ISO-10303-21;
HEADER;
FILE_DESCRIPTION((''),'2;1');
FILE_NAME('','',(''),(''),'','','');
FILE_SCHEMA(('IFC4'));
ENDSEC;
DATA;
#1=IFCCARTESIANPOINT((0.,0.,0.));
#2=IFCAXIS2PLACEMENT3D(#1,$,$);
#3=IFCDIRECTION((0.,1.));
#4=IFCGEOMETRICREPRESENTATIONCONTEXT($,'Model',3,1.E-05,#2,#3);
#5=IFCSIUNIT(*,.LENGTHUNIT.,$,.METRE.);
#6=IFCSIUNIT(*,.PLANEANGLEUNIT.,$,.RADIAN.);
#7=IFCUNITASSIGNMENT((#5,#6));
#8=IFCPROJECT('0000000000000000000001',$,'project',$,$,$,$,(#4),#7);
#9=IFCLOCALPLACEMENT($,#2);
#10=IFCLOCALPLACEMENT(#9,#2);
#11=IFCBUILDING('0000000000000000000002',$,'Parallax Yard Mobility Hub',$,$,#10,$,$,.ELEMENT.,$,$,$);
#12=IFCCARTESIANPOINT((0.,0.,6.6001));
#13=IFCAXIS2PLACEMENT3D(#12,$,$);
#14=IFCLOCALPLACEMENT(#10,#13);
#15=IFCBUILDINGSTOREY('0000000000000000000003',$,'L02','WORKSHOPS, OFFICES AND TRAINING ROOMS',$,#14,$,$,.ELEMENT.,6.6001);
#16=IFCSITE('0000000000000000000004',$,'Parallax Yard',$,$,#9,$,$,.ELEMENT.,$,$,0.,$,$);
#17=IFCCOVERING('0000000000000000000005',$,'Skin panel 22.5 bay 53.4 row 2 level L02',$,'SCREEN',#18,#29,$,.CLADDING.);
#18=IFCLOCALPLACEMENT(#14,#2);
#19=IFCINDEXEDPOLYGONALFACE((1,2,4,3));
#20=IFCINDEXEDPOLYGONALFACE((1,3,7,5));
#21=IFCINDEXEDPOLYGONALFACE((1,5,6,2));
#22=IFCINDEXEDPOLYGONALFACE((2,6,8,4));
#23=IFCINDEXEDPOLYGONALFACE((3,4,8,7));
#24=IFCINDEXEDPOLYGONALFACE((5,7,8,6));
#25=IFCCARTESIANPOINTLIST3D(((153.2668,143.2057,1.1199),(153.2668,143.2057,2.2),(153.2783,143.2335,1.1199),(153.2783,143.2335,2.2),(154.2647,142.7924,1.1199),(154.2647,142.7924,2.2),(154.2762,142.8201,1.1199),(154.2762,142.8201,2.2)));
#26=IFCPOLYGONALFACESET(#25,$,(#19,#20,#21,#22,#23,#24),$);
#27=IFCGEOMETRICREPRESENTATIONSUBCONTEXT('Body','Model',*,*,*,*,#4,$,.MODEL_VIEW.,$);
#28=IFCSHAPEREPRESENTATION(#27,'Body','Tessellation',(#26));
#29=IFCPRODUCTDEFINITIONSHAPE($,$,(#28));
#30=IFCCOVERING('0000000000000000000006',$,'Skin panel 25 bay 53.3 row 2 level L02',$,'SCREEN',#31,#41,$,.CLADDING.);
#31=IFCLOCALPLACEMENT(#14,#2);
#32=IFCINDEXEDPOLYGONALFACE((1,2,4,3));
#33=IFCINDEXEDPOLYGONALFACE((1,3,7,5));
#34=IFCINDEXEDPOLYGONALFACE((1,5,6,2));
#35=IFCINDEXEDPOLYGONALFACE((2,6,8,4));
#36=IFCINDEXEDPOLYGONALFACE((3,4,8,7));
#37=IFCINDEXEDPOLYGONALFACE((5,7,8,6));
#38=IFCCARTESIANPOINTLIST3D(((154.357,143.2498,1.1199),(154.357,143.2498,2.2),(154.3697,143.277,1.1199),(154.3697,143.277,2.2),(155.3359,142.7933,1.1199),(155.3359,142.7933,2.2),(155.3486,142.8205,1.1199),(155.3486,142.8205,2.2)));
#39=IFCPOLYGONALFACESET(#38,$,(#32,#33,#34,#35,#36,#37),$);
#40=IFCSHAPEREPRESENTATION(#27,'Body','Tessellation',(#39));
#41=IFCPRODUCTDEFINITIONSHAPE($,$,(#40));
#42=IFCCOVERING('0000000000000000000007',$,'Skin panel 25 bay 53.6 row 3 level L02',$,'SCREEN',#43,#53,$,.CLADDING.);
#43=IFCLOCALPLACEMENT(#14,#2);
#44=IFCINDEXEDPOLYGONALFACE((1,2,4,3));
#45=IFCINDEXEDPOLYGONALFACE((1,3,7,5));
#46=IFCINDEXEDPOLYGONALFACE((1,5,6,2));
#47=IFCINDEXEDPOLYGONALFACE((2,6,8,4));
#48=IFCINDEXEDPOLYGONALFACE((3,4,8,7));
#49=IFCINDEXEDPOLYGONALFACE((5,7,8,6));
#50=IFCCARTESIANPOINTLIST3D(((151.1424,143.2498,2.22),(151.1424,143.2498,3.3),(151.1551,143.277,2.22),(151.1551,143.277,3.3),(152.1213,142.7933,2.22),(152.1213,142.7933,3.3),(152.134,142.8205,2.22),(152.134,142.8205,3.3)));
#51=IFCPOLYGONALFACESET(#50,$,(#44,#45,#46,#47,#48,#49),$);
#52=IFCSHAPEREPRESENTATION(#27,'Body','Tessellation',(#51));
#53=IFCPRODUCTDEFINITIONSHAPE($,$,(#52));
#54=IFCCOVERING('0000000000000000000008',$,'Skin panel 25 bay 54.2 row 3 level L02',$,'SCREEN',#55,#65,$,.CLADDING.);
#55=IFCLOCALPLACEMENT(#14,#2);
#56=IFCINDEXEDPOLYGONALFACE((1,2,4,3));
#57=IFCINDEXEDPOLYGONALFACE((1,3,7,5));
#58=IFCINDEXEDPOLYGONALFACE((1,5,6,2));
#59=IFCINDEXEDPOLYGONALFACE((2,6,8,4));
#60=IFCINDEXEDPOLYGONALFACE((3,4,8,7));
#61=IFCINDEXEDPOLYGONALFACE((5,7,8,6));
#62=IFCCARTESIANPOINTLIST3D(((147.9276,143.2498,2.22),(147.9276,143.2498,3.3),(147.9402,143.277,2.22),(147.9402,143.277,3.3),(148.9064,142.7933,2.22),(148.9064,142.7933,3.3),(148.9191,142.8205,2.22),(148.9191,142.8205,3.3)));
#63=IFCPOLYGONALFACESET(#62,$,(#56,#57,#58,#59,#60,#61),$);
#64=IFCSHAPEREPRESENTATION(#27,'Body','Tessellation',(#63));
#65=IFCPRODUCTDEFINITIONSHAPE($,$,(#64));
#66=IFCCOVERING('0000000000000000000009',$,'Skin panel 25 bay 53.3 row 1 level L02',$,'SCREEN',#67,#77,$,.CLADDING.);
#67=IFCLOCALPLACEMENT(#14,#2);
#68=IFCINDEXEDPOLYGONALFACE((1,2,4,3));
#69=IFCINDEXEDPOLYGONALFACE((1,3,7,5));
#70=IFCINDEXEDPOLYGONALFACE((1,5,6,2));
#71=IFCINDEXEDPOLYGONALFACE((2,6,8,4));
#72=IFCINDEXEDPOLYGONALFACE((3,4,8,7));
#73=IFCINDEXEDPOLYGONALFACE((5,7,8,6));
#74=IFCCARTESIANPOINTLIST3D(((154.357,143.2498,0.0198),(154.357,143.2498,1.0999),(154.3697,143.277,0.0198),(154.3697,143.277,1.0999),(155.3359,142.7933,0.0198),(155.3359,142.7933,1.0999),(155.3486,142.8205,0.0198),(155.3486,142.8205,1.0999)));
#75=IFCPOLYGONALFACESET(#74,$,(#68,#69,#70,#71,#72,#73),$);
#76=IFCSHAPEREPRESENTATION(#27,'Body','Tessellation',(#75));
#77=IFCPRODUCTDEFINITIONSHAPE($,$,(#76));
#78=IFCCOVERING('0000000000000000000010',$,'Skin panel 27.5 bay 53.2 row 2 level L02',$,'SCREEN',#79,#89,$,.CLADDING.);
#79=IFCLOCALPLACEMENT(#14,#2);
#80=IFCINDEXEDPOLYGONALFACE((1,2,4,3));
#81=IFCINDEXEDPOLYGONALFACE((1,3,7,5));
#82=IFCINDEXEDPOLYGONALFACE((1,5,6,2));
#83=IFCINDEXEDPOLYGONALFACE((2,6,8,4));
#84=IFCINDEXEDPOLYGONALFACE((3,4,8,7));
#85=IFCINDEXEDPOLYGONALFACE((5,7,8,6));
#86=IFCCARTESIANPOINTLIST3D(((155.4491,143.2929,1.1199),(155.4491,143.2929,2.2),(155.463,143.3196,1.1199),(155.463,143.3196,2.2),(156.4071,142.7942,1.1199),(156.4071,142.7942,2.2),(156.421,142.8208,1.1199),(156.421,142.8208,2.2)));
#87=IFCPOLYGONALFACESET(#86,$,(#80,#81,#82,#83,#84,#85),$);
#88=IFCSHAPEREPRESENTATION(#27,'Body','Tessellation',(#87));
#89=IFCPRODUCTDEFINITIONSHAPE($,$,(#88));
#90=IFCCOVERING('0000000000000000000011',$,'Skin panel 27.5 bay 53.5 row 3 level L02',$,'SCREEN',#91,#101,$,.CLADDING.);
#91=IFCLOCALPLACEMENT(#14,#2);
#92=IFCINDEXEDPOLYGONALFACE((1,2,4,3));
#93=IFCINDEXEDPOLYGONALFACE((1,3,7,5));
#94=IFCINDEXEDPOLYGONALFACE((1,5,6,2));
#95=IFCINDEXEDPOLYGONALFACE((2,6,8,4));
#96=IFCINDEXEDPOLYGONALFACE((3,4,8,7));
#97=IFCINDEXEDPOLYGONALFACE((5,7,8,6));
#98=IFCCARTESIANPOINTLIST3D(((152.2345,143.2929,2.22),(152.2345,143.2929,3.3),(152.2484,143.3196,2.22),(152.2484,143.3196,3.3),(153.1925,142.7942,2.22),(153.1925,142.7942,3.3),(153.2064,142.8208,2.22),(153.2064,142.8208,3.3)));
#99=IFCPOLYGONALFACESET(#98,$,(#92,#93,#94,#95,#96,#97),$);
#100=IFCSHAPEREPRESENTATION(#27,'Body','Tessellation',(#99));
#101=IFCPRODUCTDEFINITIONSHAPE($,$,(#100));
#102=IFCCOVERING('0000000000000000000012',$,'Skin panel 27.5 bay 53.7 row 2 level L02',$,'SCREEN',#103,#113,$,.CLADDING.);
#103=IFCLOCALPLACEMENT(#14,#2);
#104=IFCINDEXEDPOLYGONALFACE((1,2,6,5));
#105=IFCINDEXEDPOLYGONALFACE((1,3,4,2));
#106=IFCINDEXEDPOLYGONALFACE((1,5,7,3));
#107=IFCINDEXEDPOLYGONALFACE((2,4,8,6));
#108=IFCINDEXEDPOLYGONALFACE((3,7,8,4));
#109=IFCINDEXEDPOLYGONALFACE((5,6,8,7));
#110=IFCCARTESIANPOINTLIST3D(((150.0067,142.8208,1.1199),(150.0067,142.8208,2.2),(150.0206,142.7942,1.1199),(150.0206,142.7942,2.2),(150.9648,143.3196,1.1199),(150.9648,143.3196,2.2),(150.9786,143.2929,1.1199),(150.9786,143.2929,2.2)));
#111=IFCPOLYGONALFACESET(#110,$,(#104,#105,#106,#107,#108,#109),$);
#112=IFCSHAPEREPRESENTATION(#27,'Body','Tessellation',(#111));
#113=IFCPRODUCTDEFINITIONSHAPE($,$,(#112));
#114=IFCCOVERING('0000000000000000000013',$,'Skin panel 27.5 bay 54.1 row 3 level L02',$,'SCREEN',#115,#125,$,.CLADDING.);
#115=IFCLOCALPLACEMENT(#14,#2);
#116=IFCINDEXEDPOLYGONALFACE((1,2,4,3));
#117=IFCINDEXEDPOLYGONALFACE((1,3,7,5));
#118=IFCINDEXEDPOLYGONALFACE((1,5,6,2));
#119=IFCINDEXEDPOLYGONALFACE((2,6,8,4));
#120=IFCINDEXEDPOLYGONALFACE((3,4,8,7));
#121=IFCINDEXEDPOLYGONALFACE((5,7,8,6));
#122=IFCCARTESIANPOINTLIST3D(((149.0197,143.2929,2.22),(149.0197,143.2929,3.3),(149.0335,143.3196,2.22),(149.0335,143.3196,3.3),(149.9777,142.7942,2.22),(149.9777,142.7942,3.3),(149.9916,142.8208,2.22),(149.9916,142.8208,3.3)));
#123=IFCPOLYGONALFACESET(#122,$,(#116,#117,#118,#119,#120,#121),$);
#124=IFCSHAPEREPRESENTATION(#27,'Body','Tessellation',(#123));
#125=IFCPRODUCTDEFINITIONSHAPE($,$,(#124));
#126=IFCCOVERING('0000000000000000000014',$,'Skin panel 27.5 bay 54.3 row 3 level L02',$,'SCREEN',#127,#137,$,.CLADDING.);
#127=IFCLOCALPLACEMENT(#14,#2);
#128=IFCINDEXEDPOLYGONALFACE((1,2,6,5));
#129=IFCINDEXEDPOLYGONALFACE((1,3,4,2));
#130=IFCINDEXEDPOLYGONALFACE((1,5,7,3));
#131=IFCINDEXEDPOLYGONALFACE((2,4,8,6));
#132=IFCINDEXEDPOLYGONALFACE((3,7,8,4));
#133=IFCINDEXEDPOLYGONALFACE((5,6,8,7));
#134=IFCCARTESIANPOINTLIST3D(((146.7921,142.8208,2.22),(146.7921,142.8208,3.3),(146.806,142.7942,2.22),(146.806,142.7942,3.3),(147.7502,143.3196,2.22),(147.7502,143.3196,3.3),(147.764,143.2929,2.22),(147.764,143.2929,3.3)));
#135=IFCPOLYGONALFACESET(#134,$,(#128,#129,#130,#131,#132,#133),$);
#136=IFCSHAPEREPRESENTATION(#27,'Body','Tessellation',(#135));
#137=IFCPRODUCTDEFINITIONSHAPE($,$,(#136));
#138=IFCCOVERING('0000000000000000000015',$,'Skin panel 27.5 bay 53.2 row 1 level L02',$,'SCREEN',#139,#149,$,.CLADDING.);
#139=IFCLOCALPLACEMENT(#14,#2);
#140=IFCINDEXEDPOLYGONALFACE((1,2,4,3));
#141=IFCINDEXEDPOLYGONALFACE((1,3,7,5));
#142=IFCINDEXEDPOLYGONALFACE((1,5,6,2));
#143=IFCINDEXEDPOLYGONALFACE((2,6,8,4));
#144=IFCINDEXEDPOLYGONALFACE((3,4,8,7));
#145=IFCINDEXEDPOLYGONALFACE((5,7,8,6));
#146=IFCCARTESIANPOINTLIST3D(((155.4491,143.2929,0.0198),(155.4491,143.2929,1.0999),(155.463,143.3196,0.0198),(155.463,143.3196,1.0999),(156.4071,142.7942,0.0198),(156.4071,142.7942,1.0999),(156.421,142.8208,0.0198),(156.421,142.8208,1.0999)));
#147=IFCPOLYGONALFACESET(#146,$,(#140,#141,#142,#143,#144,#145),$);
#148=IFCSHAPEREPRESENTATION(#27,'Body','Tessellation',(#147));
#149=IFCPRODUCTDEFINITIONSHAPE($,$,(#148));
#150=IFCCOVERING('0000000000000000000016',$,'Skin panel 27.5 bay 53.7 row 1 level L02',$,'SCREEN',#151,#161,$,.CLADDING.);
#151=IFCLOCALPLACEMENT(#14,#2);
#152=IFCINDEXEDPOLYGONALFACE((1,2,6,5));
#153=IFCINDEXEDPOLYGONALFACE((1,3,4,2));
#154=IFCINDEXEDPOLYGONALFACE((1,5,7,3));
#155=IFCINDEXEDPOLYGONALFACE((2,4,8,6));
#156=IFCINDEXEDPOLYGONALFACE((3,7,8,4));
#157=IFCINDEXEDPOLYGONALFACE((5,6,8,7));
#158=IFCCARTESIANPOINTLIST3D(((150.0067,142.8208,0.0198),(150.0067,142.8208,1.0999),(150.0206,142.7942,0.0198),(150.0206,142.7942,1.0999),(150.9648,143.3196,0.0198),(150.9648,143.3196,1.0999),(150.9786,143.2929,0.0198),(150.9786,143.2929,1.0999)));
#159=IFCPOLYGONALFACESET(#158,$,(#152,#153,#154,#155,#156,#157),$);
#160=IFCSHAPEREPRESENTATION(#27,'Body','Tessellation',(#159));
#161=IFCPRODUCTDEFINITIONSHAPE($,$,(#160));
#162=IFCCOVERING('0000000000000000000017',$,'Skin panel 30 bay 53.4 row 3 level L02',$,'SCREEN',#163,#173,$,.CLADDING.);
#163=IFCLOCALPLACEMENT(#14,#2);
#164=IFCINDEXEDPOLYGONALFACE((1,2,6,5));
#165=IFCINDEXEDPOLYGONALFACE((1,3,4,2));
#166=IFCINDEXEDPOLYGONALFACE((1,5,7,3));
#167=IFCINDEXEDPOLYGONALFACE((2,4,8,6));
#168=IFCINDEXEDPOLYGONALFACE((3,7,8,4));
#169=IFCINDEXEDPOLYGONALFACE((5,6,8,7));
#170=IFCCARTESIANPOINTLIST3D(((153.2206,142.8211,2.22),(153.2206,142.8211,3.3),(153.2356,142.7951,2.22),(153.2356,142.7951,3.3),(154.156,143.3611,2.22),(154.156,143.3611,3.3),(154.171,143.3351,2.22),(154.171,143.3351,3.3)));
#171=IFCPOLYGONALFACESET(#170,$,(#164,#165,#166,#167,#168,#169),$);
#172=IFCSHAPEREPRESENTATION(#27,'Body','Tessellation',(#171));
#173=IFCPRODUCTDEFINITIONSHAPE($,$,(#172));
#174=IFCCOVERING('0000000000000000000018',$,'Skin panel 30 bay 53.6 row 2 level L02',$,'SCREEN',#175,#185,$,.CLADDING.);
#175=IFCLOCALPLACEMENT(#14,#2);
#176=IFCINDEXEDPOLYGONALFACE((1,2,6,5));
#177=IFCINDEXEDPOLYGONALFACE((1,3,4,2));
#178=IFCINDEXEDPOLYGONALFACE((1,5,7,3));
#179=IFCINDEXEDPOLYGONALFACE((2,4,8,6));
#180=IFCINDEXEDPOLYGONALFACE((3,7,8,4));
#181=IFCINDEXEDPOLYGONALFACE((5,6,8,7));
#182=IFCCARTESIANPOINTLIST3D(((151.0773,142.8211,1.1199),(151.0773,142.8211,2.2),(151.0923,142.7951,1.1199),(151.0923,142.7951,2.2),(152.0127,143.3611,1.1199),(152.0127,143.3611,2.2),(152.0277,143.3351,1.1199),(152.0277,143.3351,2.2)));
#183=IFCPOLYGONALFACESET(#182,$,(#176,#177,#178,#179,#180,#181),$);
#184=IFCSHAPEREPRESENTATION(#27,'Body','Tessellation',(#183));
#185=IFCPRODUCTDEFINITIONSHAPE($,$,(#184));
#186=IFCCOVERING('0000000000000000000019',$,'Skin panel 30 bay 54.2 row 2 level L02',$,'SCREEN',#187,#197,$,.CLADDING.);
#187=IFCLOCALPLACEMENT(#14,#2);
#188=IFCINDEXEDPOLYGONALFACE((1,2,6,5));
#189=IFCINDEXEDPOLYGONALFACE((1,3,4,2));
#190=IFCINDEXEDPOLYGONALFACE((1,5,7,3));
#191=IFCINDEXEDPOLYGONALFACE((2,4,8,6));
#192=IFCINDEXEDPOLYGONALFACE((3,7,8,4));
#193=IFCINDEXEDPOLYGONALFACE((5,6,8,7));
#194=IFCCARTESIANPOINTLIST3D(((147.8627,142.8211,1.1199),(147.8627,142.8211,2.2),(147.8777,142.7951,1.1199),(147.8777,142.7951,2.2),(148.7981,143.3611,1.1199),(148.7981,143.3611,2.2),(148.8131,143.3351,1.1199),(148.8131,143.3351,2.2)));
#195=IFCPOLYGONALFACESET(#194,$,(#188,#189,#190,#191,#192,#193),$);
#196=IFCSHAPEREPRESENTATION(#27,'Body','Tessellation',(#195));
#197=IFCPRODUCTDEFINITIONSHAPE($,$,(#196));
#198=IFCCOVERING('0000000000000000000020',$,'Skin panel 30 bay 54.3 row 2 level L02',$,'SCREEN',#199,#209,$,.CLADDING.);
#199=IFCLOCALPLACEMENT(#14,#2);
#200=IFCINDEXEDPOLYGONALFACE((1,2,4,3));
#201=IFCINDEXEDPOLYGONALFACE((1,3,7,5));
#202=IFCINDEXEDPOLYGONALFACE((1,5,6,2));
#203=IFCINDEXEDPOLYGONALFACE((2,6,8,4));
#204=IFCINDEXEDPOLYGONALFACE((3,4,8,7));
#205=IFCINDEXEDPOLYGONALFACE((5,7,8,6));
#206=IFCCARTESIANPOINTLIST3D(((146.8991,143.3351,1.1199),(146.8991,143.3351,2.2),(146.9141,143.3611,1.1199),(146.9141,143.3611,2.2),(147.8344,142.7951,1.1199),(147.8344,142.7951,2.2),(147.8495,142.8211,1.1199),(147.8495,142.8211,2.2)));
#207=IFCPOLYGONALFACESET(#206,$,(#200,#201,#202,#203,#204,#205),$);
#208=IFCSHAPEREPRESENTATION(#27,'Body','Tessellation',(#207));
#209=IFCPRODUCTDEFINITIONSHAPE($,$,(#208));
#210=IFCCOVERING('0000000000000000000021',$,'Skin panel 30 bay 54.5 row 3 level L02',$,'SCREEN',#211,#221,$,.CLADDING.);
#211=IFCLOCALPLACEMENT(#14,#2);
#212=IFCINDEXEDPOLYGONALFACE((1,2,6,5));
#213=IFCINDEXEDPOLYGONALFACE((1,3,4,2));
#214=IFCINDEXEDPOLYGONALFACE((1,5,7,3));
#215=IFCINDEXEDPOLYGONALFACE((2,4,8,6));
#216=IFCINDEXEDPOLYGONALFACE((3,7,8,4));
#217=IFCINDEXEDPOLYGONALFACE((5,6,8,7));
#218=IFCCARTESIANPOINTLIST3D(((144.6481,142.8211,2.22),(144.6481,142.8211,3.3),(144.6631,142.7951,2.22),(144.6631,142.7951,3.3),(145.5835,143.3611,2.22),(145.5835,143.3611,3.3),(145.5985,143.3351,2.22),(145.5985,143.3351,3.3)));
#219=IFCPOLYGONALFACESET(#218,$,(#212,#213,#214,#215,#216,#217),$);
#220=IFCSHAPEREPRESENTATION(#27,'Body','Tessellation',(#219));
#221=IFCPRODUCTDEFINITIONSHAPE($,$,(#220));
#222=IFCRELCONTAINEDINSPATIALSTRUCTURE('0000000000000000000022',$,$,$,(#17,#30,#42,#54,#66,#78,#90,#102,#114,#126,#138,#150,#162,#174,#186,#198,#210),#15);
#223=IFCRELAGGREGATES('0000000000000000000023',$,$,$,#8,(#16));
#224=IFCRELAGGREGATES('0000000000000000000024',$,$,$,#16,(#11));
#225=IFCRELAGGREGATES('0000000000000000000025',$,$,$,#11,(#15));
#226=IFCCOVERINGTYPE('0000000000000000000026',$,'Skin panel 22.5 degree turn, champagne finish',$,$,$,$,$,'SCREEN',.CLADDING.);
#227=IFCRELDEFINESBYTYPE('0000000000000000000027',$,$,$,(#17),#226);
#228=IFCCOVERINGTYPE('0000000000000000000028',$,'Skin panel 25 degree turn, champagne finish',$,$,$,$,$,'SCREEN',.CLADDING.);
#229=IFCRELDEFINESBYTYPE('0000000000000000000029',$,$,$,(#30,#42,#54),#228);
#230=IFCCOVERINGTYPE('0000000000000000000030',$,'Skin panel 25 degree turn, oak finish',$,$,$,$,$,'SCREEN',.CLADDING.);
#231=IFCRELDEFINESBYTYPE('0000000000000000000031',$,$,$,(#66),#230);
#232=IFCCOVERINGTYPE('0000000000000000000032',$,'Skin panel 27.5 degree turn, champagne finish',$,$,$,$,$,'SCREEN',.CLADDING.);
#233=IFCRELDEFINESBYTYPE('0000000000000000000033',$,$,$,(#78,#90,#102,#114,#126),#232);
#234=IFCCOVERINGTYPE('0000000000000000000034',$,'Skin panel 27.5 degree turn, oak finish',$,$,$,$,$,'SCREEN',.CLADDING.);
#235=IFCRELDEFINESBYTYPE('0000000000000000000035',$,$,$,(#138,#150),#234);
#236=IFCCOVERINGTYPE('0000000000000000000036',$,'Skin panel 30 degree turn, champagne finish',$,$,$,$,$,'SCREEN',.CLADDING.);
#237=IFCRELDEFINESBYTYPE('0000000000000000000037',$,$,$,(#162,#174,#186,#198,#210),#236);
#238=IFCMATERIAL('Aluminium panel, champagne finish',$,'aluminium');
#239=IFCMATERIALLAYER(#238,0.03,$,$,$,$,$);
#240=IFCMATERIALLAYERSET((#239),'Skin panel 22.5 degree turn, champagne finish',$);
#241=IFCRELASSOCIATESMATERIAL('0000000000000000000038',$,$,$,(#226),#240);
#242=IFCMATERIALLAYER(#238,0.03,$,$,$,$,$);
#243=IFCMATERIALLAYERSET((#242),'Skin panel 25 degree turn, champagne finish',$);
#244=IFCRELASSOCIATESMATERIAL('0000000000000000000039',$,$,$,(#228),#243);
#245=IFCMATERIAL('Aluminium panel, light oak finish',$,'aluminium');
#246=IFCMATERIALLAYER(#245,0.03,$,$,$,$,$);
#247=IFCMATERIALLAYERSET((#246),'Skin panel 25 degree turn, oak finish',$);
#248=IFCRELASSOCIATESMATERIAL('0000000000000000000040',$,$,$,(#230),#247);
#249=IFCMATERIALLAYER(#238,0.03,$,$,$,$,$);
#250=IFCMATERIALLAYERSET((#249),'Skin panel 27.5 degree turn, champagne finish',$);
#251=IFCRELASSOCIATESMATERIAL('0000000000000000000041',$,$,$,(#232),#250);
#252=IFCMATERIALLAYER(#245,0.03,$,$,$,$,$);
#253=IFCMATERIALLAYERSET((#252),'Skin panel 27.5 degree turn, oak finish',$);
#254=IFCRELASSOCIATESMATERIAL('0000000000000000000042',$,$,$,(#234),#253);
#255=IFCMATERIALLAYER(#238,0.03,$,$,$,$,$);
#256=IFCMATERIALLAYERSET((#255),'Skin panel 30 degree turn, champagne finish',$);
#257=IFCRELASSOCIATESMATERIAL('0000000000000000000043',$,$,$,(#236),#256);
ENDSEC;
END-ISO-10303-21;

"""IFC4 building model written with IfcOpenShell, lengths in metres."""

from ifc_helpers import new_model, si_unit, direction, frame, origin, origin_2d, place, context, subcontext, project, spatial, rectangle, extrude, material, layer, layer_set, type_object, element, save


model = new_model("IFC4")

# Units and contexts
model_context = context("Model", 3, precision=1e-05, world=origin(), true_north=direction((0.0, 1.0)))
body_context = subcontext(model_context, "Body", "Model", "MODEL_VIEW")
ifc_project = project(units=[si_unit("LENGTHUNIT", "METRE"), si_unit("PLANEANGLEUNIT", "RADIAN")], contexts=[model_context])

# Site, building, storey
site_placement = place(None, origin())
site = spatial("IfcSite", under=ifc_project, at=site_placement, Name="Parallax Yard", CompositionType="ELEMENT", RefElevation=0.0)
building_placement = place(site_placement, origin())
building = spatial("IfcBuilding", under=site, at=building_placement, Name="Parallax Yard Mobility Hub", CompositionType="ELEMENT")
storey_placement = place(building_placement, frame((0.0, 0.0, 6.6001)))
storey = spatial("IfcBuildingStorey", under=building, at=storey_placement, Name="L02", Description="WORKSHOPS, OFFICES AND TRAINING ROOMS", CompositionType="ELEMENT", Elevation=6.6001)

# Coverings
ifc_material_1 = material(Name="Aluminium panel, champagne finish", Category="aluminium")
ifc_layer_1 = layer(ifc_material_1, 0.03)
ifc_layer_set_1 = layer_set([ifc_layer_1], Name="Skin panel 22.5 degree turn, champagne finish")
covering_type_1 = type_object("IfcCoveringType", Name="Skin panel 22.5 degree turn, champagne finish", ElementType="SCREEN", PredefinedType="CLADDING", material=ifc_layer_set_1)
covering_1_placement = place(storey_placement, frame((153.7715, 143.0129, 1.1199), z_axis=(0.0, 0.0, 1.0), x_axis=(-0.92388, 0.382683, 0.0)))
element("IfcCovering", 1, at=covering_1_placement, inside=storey, type_object=covering_type_1, Name="Skin panel 22.5 bay 53.4 row 2 level L02", ObjectType="SCREEN", PredefinedType="CLADDING", context=body_context, shape_type="SweptSolid", body=[
    extrude(rectangle(XDim=1.0801, YDim=0.03, at=origin_2d()), origin(), (0.0, 0.0, 1.0), 1.0801),
])
ifc_layer_2 = layer(ifc_material_1, 0.03)
ifc_layer_set_2 = layer_set([ifc_layer_2], Name="Skin panel 25 degree turn, champagne finish")
covering_type_2 = type_object("IfcCoveringType", Name="Skin panel 25 degree turn, champagne finish", ElementType="SCREEN", PredefinedType="CLADDING", material=ifc_layer_set_2)
for number, where, z_axis, x_axis, name in (
    (2, (154.8528, 143.0352, 1.1199), (0.0, 0.0, 1.0), (-0.906308, 0.422618, 0.0), "Skin panel 25 bay 53.3 row 2 level L02"),
    (3, (151.6382, 143.0352, 2.22), (0.0, 0.0, 1.0), (-0.906308, 0.422618, 0.0), "Skin panel 25 bay 53.6 row 3 level L02"),
    (4, (148.4233, 143.0352, 2.22), (0.0, 0.0, 1.0), (-0.906308, 0.422618, 0.0), "Skin panel 25 bay 54.2 row 3 level L02"),
):
    element("IfcCovering", number, at=place(storey_placement, frame(where, z_axis=z_axis, x_axis=x_axis)), inside=storey, type_object=covering_type_2, Name=name, ObjectType="SCREEN", PredefinedType="CLADDING", context=body_context, shape_type="SweptSolid", body=[
        extrude(rectangle(XDim=1.0801, YDim=0.03, at=origin_2d()), origin(), (0.0, 0.0, 1.0), 1.0801),
    ])
ifc_material_2 = material(Name="Aluminium panel, light oak finish", Category="aluminium")
ifc_layer_3 = layer(ifc_material_2, 0.03)
ifc_layer_set_3 = layer_set([ifc_layer_3], Name="Skin panel 25 degree turn, oak finish")
covering_type_3 = type_object("IfcCoveringType", Name="Skin panel 25 degree turn, oak finish", ElementType="SCREEN", PredefinedType="CLADDING", material=ifc_layer_set_3)
covering_2_placement = place(storey_placement, frame((154.8528, 143.0352, 0.0198), z_axis=(0.0, 0.0, 1.0), x_axis=(-0.906308, 0.422618, 0.0)))
element("IfcCovering", 5, at=covering_2_placement, inside=storey, type_object=covering_type_3, Name="Skin panel 25 bay 53.3 row 1 level L02", ObjectType="SCREEN", PredefinedType="CLADDING", context=body_context, shape_type="SweptSolid", body=[
    extrude(rectangle(XDim=1.0801, YDim=0.03, at=origin_2d()), origin(), (0.0, 0.0, 1.0), 1.0801),
])
ifc_layer_4 = layer(ifc_material_1, 0.03)
ifc_layer_set_4 = layer_set([ifc_layer_4], Name="Skin panel 27.5 degree turn, champagne finish")
covering_type_4 = type_object("IfcCoveringType", Name="Skin panel 27.5 degree turn, champagne finish", ElementType="SCREEN", PredefinedType="CLADDING", material=ifc_layer_set_4)
for number, where, z_axis, x_axis, name in (
    (6, (155.9351, 143.0569, 1.1199), (0.0, 0.0, 1.0), (-0.887011, 0.461749, 0.0), "Skin panel 27.5 bay 53.2 row 2 level L02"),
    (7, (152.7205, 143.0569, 2.22), (0.0, 0.0, 1.0), (-0.887011, 0.461749, 0.0), "Skin panel 27.5 bay 53.5 row 3 level L02"),
    (8, (150.4927, 143.0569, 1.1199), (0.0, 0.0, 1.0), (0.887011, 0.461749, 0.0), "Skin panel 27.5 bay 53.7 row 2 level L02"),
    (9, (149.5056, 143.0569, 2.22), (0.0, 0.0, 1.0), (-0.887011, 0.461749, 0.0), "Skin panel 27.5 bay 54.1 row 3 level L02"),
    (10, (147.2781, 143.0569, 2.22), (0.0, 0.0, 1.0), (0.887011, 0.461749, 0.0), "Skin panel 27.5 bay 54.3 row 3 level L02"),
):
    element("IfcCovering", number, at=place(storey_placement, frame(where, z_axis=z_axis, x_axis=x_axis)), inside=storey, type_object=covering_type_4, Name=name, ObjectType="SCREEN", PredefinedType="CLADDING", context=body_context, shape_type="SweptSolid", body=[
        extrude(rectangle(XDim=1.0801, YDim=0.03, at=origin_2d()), origin(), (0.0, 0.0, 1.0), 1.0801),
    ])
ifc_layer_5 = layer(ifc_material_2, 0.03)
ifc_layer_set_5 = layer_set([ifc_layer_5], Name="Skin panel 27.5 degree turn, oak finish")
covering_type_5 = type_object("IfcCoveringType", Name="Skin panel 27.5 degree turn, oak finish", ElementType="SCREEN", PredefinedType="CLADDING", material=ifc_layer_set_5)
for number, where, z_axis, x_axis, name in (
    (11, (155.9351, 143.0569, 0.0198), (0.0, 0.0, 1.0), (-0.887011, 0.461749, 0.0), "Skin panel 27.5 bay 53.2 row 1 level L02"),
    (12, (150.4927, 143.0569, 0.0198), (0.0, 0.0, 1.0), (0.887011, 0.461749, 0.0), "Skin panel 27.5 bay 53.7 row 1 level L02"),
):
    element("IfcCovering", number, at=place(storey_placement, frame(where, z_axis=z_axis, x_axis=x_axis)), inside=storey, type_object=covering_type_5, Name=name, ObjectType="SCREEN", PredefinedType="CLADDING", context=body_context, shape_type="SweptSolid", body=[
        extrude(rectangle(XDim=1.0801, YDim=0.03, at=origin_2d()), origin(), (0.0, 0.0, 1.0), 1.0801),
    ])
ifc_layer_6 = layer(ifc_material_1, 0.03)
ifc_layer_set_6 = layer_set([ifc_layer_6], Name="Skin panel 30 degree turn, champagne finish")
covering_type_6 = type_object("IfcCoveringType", Name="Skin panel 30 degree turn, champagne finish", ElementType="SCREEN", PredefinedType="CLADDING", material=ifc_layer_set_6)
for number, where, z_axis, x_axis, name in (
    (13, (153.6958, 143.0781, 2.22), (0.0, 0.0, 1.0), (0.866025, 0.5, 0.0), "Skin panel 30 bay 53.4 row 3 level L02"),
    (14, (151.5525, 143.0781, 1.1199), (0.0, 0.0, 1.0), (0.866025, 0.5, 0.0), "Skin panel 30 bay 53.6 row 2 level L02"),
    (15, (148.3379, 143.0781, 1.1199), (0.0, 0.0, 1.0), (0.866025, 0.5, 0.0), "Skin panel 30 bay 54.2 row 2 level L02"),
    (16, (147.3743, 143.0781, 1.1199), (0.0, 0.0, 1.0), (-0.866025, 0.5, 0.0), "Skin panel 30 bay 54.3 row 2 level L02"),
    (17, (145.1233, 143.0781, 2.22), (0.0, 0.0, 1.0), (0.866025, 0.5, 0.0), "Skin panel 30 bay 54.5 row 3 level L02"),
):
    element("IfcCovering", number, at=place(storey_placement, frame(where, z_axis=z_axis, x_axis=x_axis)), inside=storey, type_object=covering_type_6, Name=name, ObjectType="SCREEN", PredefinedType="CLADDING", context=body_context, shape_type="SweptSolid", body=[
        extrude(rectangle(XDim=1.0801, YDim=0.03, at=origin_2d()), origin(), (0.0, 0.0, 1.0), 1.0801),
    ])

save(model, "model.ifc")
